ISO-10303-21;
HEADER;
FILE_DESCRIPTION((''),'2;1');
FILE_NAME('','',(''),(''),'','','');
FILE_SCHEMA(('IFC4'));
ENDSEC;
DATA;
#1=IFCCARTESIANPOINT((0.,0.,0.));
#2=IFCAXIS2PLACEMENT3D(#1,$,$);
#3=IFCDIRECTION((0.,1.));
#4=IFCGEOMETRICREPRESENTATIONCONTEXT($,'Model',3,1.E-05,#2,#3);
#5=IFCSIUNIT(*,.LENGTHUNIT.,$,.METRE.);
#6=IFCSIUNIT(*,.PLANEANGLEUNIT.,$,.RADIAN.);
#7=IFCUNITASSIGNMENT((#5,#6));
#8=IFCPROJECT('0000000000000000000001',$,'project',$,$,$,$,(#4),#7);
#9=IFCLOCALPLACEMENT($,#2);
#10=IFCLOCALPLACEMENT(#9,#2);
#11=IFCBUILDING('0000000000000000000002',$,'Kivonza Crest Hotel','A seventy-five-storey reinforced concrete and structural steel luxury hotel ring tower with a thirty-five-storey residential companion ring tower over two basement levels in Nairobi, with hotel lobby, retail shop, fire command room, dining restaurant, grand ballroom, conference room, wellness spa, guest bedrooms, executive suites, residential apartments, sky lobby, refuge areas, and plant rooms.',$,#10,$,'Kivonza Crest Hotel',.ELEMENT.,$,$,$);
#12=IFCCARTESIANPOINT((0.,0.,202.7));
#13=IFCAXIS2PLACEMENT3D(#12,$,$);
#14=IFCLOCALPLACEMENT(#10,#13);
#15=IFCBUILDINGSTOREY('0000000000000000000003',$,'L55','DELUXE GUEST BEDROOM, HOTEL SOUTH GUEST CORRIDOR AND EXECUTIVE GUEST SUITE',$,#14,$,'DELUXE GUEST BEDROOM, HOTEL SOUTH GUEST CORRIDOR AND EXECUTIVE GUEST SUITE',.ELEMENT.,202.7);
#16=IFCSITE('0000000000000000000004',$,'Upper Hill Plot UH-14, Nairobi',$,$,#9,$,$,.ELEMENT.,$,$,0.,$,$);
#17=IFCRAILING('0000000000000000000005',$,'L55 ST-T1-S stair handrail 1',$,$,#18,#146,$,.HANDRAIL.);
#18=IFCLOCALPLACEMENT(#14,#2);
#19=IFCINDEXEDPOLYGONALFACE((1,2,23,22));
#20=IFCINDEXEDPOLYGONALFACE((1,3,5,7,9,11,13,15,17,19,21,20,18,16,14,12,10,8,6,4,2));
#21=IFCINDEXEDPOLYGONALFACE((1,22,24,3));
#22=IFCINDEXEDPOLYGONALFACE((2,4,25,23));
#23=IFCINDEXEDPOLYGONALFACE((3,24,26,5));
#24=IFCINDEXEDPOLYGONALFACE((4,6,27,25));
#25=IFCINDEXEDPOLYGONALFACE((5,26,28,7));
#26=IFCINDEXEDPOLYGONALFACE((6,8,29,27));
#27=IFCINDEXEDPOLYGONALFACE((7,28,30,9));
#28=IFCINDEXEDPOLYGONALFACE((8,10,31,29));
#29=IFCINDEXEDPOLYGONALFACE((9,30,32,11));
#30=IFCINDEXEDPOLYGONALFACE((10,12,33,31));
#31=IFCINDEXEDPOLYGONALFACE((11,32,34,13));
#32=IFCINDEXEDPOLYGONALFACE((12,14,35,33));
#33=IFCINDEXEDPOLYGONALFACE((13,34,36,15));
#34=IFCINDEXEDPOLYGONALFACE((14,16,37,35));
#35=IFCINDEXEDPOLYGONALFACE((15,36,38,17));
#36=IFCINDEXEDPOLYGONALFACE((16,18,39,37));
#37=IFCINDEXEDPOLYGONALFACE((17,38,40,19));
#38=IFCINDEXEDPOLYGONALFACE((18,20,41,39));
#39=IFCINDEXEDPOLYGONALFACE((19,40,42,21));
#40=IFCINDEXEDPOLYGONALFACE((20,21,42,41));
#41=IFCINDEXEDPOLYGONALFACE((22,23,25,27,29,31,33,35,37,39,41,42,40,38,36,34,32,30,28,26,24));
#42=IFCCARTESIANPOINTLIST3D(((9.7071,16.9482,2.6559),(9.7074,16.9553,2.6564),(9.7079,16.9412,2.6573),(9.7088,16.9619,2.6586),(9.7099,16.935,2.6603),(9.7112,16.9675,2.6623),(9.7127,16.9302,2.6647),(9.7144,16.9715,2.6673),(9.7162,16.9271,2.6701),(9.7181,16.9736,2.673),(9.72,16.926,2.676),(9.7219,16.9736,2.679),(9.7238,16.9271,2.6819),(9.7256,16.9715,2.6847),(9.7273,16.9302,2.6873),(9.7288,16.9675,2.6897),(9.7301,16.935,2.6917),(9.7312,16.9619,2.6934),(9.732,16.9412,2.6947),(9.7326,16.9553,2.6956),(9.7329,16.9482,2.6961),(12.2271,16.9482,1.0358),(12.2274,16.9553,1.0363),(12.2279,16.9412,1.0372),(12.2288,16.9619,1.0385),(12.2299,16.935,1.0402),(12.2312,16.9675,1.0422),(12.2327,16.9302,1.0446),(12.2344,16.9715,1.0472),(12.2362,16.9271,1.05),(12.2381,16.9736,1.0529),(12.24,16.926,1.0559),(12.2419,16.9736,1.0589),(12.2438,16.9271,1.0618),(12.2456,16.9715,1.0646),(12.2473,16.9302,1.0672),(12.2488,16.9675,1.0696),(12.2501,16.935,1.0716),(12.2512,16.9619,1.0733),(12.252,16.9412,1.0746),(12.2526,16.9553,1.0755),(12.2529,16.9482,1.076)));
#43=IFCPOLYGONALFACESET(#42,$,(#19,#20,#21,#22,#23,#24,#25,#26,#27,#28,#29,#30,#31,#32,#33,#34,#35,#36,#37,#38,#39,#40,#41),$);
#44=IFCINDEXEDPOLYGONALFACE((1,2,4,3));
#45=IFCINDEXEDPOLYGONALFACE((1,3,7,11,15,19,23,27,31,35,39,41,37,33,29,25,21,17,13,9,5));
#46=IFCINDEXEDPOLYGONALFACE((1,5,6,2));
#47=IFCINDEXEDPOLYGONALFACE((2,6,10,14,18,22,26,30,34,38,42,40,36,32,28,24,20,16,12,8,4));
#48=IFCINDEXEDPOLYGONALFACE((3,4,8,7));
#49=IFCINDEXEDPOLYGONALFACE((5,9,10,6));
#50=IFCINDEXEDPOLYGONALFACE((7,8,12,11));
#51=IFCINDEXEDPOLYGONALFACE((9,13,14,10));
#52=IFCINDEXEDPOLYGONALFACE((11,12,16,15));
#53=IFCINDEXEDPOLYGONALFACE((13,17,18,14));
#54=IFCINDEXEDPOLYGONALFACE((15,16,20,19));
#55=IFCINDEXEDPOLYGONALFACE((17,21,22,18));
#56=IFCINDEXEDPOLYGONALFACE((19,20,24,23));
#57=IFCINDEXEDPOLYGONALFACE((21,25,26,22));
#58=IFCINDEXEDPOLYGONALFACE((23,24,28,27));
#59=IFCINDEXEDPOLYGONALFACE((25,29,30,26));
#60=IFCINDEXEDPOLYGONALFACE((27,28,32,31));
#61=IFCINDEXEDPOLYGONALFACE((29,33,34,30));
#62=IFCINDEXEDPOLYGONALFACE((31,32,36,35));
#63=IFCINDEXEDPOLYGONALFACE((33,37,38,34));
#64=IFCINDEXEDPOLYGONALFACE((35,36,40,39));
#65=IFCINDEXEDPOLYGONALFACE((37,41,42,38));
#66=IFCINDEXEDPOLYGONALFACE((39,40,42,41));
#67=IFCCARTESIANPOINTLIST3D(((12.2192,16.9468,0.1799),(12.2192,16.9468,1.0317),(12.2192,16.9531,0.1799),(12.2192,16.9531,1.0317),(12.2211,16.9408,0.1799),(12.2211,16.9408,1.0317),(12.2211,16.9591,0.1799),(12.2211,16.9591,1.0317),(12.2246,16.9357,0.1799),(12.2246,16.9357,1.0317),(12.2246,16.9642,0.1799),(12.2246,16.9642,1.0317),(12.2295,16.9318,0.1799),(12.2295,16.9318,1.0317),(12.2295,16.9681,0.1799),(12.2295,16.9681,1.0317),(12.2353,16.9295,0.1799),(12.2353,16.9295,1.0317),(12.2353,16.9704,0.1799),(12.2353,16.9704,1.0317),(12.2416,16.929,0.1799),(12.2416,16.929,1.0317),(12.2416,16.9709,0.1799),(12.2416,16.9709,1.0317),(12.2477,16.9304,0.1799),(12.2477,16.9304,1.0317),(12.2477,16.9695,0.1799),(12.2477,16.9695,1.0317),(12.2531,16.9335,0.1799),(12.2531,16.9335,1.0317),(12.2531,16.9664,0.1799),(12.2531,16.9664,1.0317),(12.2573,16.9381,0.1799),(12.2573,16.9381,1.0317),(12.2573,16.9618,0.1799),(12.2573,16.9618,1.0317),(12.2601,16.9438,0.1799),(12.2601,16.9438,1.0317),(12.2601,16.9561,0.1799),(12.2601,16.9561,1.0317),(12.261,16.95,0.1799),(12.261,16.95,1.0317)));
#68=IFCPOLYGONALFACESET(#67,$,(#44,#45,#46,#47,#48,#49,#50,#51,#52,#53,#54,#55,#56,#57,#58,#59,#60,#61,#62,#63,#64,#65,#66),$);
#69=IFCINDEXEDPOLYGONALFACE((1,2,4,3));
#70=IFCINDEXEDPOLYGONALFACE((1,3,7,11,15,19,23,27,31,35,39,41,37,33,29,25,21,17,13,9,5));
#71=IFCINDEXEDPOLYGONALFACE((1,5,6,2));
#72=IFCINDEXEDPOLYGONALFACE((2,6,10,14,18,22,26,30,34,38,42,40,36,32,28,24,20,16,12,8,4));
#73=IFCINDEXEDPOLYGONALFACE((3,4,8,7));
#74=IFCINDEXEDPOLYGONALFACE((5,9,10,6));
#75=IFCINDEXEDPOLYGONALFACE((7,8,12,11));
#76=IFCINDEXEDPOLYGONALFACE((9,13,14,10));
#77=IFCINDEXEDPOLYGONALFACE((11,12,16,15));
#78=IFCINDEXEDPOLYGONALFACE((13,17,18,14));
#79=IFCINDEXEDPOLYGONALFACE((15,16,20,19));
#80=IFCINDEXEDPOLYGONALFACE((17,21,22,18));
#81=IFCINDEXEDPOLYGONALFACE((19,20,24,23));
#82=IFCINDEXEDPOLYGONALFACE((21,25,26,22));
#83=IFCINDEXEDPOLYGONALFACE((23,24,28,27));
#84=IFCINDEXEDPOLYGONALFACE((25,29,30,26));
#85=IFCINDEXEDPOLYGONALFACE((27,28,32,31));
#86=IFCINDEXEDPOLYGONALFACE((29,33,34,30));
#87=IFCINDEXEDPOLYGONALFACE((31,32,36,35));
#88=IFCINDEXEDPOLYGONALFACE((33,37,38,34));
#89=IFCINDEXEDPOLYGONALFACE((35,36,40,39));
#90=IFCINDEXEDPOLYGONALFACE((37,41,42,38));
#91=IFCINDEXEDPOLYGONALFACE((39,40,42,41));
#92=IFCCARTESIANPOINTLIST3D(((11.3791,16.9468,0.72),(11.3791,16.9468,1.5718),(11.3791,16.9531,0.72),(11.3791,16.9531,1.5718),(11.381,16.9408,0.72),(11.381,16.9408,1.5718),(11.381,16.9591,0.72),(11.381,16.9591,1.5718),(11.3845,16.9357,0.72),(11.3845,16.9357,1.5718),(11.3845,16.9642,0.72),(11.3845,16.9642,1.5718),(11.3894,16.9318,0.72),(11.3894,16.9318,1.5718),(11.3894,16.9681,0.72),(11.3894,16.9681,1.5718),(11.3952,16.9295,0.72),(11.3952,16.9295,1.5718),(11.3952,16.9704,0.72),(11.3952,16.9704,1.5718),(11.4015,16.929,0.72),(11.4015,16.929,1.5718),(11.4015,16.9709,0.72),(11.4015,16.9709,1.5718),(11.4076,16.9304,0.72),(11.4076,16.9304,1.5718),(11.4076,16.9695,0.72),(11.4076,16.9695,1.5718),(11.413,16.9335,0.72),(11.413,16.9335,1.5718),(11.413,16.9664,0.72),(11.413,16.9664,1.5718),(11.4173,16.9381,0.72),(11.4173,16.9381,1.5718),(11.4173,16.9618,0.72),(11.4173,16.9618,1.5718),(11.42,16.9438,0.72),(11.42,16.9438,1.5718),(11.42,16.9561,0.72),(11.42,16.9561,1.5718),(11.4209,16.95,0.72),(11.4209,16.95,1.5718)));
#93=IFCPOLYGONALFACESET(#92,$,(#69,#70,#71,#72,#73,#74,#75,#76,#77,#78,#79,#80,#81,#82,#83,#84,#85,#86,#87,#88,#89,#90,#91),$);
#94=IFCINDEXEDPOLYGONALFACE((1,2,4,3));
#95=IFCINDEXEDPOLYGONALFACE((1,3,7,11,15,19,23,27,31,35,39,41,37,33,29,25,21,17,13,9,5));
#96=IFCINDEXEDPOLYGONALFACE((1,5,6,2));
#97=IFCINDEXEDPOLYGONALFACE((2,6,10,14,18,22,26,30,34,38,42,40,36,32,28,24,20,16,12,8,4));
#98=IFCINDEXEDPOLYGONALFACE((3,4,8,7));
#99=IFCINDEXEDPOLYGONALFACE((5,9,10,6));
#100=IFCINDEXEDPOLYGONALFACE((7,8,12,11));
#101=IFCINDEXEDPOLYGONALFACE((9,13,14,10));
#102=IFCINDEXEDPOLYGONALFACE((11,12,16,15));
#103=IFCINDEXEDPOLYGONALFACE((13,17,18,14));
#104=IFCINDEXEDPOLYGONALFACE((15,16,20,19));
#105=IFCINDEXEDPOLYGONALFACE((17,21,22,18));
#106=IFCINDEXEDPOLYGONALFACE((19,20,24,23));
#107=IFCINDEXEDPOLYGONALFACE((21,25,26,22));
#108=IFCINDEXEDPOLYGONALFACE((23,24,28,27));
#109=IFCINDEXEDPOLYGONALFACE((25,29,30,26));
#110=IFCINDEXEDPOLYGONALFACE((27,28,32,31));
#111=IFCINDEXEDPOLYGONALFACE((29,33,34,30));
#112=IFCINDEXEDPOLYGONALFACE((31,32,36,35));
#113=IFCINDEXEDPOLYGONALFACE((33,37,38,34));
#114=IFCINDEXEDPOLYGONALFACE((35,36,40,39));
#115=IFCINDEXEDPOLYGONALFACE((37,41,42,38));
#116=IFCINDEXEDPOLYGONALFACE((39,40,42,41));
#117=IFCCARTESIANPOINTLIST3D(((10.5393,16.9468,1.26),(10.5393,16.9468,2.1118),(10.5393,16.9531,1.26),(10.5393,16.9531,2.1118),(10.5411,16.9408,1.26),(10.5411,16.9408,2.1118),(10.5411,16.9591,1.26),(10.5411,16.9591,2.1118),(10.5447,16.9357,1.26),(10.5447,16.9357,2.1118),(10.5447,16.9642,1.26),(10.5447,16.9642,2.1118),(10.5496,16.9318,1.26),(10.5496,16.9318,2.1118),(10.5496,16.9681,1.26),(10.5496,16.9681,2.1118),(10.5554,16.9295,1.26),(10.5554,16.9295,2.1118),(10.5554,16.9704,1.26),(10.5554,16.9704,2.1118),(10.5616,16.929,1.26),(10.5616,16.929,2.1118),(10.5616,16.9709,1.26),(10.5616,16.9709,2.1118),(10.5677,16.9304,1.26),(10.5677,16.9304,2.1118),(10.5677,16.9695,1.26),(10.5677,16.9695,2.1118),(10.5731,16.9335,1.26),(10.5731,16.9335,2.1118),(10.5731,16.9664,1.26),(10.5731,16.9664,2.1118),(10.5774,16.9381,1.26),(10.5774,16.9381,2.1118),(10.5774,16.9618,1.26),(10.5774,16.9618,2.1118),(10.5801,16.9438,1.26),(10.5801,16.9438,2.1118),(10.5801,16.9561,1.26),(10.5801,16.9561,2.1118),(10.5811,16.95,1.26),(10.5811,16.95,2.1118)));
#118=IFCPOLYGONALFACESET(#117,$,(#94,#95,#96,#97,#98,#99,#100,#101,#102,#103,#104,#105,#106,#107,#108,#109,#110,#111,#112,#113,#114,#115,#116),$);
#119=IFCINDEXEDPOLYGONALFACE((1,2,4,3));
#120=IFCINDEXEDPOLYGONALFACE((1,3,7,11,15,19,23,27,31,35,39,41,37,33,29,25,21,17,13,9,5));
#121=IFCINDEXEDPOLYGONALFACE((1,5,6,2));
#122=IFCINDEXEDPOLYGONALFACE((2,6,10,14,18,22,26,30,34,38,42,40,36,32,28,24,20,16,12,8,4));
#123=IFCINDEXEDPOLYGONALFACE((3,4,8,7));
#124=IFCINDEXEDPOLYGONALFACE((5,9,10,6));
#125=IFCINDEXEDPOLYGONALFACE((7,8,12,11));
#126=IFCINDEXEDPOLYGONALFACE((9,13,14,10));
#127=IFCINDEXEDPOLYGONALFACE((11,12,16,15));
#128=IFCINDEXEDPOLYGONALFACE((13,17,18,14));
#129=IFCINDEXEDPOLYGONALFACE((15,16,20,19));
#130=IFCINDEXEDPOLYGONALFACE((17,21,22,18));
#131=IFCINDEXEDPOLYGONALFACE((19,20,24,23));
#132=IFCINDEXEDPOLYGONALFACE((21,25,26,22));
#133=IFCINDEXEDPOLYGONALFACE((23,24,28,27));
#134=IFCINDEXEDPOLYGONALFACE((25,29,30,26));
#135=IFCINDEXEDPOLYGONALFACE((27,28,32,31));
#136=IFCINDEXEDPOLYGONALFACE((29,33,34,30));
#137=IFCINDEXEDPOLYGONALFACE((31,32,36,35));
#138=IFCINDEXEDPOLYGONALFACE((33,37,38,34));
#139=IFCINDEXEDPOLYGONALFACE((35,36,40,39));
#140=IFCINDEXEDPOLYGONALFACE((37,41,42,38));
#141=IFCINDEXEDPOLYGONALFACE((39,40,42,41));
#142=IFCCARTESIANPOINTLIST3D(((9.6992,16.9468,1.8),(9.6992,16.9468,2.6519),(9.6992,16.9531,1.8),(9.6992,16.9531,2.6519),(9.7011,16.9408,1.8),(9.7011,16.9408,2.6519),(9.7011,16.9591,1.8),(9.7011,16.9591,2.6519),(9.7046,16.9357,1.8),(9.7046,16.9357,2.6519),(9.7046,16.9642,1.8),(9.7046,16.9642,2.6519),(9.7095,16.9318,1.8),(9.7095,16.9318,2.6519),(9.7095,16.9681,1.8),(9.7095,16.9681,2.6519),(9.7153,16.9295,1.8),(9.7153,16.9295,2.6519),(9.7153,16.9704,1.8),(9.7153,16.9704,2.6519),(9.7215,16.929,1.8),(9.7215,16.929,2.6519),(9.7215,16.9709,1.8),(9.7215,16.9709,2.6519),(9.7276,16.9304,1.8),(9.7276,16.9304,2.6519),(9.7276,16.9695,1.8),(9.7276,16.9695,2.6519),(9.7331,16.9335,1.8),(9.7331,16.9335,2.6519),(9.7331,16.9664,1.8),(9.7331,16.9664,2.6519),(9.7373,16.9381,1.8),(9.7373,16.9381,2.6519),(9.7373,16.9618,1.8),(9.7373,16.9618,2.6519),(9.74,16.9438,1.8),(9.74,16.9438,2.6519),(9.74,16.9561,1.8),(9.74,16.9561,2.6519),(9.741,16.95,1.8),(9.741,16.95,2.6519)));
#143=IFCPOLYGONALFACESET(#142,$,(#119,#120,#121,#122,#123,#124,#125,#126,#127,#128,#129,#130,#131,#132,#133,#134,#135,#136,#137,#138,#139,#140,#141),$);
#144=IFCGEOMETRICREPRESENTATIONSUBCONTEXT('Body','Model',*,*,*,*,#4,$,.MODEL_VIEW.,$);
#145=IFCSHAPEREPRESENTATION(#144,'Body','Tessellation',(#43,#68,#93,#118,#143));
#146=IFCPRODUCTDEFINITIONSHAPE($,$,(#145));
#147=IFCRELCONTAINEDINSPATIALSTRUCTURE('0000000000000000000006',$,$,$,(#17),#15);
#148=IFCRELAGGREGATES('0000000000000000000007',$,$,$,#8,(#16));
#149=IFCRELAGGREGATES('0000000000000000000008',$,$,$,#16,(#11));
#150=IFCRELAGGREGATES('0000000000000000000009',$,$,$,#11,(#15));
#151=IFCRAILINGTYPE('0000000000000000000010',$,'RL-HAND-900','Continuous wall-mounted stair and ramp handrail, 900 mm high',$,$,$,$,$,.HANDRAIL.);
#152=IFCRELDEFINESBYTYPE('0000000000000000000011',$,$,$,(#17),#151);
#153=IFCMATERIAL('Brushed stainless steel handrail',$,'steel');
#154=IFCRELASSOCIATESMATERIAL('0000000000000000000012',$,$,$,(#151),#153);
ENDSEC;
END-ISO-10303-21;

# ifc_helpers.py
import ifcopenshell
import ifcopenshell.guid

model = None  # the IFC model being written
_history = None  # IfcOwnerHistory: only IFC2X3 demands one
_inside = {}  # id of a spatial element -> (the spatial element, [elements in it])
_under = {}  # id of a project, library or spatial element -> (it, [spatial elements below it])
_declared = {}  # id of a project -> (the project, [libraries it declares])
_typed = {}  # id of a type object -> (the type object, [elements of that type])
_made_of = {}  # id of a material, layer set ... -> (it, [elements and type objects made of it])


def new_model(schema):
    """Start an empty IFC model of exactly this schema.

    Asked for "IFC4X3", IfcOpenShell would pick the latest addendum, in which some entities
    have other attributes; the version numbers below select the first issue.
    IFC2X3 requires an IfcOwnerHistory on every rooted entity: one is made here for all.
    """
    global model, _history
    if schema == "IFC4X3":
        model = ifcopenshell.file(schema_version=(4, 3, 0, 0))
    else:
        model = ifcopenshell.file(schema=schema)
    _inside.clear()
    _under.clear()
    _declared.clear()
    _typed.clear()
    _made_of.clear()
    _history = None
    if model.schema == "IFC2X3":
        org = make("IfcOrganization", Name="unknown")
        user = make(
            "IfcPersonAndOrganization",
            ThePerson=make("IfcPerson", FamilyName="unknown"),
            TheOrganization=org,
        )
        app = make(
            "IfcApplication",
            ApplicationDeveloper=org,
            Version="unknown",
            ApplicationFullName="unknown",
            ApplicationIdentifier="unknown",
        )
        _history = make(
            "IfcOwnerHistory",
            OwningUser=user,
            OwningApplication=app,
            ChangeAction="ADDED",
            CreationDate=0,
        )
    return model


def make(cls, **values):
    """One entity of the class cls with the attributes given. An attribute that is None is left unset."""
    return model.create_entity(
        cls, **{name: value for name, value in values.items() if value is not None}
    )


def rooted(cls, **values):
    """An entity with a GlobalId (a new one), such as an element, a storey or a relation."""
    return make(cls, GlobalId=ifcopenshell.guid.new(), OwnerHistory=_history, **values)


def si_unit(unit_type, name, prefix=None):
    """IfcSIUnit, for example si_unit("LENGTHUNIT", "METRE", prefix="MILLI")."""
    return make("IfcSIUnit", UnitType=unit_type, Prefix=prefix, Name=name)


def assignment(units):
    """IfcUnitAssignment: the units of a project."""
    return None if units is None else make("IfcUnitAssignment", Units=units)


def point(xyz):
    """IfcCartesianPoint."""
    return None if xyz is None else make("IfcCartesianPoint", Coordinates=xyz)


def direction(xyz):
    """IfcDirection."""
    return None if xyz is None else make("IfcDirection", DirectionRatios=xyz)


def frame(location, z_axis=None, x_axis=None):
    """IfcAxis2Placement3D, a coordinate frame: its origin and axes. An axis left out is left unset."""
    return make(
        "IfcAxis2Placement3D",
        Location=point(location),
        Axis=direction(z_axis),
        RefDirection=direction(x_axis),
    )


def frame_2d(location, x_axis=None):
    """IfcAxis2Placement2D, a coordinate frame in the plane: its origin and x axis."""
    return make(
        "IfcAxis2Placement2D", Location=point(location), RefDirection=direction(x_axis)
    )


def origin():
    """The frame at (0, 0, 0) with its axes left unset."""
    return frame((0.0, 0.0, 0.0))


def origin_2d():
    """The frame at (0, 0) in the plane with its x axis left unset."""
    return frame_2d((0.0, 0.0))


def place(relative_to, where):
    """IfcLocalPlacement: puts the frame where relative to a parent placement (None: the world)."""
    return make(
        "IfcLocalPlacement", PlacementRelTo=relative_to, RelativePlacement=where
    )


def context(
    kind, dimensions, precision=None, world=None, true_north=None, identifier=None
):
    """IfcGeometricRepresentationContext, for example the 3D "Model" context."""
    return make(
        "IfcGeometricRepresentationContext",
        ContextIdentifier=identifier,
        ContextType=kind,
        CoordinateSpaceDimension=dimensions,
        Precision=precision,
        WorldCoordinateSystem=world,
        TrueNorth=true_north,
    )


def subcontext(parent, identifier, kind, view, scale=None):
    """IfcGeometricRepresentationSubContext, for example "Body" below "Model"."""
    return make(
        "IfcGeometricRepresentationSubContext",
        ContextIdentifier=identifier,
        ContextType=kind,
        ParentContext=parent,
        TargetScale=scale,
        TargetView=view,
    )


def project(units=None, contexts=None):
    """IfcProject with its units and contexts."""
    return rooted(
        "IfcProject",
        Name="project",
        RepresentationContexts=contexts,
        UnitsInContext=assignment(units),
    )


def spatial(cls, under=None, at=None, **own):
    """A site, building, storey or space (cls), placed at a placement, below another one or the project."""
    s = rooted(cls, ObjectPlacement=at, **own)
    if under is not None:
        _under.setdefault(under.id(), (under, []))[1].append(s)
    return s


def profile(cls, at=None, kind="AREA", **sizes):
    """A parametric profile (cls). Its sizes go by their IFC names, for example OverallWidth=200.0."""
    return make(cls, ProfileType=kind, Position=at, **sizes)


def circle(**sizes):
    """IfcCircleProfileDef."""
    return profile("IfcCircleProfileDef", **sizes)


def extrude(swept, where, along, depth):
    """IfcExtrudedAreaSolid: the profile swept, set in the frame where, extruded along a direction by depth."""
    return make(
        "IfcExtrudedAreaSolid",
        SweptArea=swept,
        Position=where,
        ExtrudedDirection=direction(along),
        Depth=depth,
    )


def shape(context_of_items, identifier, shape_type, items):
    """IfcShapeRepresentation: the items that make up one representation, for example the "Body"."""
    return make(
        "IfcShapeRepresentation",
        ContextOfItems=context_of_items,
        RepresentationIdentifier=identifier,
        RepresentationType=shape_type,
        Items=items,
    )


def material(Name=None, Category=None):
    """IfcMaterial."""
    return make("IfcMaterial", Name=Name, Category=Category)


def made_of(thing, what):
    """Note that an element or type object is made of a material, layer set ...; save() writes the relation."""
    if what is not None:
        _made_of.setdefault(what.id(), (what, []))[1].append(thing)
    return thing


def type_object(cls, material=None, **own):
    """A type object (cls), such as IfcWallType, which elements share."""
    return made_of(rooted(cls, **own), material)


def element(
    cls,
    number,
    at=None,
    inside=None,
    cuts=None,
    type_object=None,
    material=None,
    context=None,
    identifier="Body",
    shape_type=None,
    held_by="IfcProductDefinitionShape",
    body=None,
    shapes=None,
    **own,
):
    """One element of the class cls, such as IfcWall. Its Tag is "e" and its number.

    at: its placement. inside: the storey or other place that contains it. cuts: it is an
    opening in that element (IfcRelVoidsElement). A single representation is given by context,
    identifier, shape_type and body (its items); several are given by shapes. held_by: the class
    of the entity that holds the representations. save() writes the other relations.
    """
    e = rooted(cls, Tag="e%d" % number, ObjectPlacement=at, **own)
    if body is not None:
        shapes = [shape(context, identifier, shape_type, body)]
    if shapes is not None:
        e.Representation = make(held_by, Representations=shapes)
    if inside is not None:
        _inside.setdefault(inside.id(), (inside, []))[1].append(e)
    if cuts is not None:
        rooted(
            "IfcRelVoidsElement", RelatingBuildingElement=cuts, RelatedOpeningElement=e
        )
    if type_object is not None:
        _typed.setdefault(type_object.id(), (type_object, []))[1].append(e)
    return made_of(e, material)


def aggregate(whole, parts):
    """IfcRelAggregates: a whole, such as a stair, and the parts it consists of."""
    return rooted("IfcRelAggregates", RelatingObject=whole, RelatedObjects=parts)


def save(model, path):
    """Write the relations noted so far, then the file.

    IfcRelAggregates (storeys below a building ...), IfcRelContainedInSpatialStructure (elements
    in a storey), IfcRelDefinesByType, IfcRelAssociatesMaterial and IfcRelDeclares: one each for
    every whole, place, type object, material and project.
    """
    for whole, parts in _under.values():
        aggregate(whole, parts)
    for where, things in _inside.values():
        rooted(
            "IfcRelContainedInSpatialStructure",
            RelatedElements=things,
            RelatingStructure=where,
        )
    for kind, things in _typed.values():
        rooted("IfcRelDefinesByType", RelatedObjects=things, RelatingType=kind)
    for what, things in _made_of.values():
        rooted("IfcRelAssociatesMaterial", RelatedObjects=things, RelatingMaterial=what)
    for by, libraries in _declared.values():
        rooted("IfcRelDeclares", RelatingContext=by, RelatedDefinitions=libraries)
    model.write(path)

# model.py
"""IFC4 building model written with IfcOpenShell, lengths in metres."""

from ifc_helpers import new_model, si_unit, direction, frame, origin, origin_2d, place, context, subcontext, project, spatial, circle, extrude, material, type_object, element, save


model = new_model("IFC4")

# Units and contexts
model_context = context("Model", 3, precision=1e-05, world=origin(), true_north=direction((0.0, 1.0)))
body_context = subcontext(model_context, "Body", "Model", "MODEL_VIEW")
ifc_project = project(units=[si_unit("LENGTHUNIT", "METRE"), si_unit("PLANEANGLEUNIT", "RADIAN")], contexts=[model_context])

# Site, building, storey
site_placement = place(None, origin())
site = spatial("IfcSite", under=ifc_project, at=site_placement, Name="Upper Hill Plot UH-14, Nairobi", CompositionType="ELEMENT", RefElevation=0.0)
building_placement = place(site_placement, origin())
building = spatial("IfcBuilding", under=site, at=building_placement, Name="Kivonza Crest Hotel", Description="A seventy-five-storey reinforced concrete and structural steel luxury hotel ring tower with a thirty-five-storey residential companion ring tower over two basement levels in Nairobi, with hotel lobby, retail shop, fire command room, dining restaurant, grand ballroom, conference room, wellness spa, guest bedrooms, executive suites, residential apartments, sky lobby, refuge areas, and plant rooms.", LongName="Kivonza Crest Hotel", CompositionType="ELEMENT")
storey_placement = place(building_placement, frame((0.0, 0.0, 202.7)))
storey = spatial("IfcBuildingStorey", under=building, at=storey_placement, Name="L55", Description="DELUXE GUEST BEDROOM, HOTEL SOUTH GUEST CORRIDOR AND EXECUTIVE GUEST SUITE", LongName="DELUXE GUEST BEDROOM, HOTEL SOUTH GUEST CORRIDOR AND EXECUTIVE GUEST SUITE", CompositionType="ELEMENT", Elevation=202.7)

# Railing
ifc_material_1 = material(Name="Brushed stainless steel handrail", Category="steel")
railing_type_1 = type_object("IfcRailingType", Name="RL-HAND-900", Description="Continuous wall-mounted stair and ramp handrail, 900 mm high", PredefinedType="HANDRAIL", material=ifc_material_1)
railing_1_placement = place(storey_placement, frame((12.24, 16.95, 0.1799)))
element("IfcRailing", 1, at=railing_1_placement, inside=storey, type_object=railing_type_1, Name="L55 ST-T1-S stair handrail 1", PredefinedType="HANDRAIL", context=body_context, shape_type="SweptSolid", body=[
    extrude(circle(Radius=0.0239, at=origin_2d()), frame((0.0, 0.0, 0.876), z_axis=(-0.841163, 0.0, 0.540782), x_axis=(0.0, -1.0, 0.0)), (0.0, 0.0, 1.0), 2.9958),
    extrude(circle(Radius=0.021, at=origin_2d()), origin(), (0.0, 0.0, 1.0), 0.8518),
    extrude(circle(Radius=0.021, at=origin_2d()), frame((-0.8401, 0.0, 0.54)), (0.0, 0.0, 1.0), 0.8518),
    extrude(circle(Radius=0.021, at=origin_2d()), frame((-1.6799, 0.0, 1.0801)), (0.0, 0.0, 1.0), 0.8518),
    extrude(circle(Radius=0.021, at=origin_2d()), frame((-2.52, 0.0, 1.6201)), (0.0, 0.0, 1.0), 0.8518),
])

save(model, "model.ifc")
